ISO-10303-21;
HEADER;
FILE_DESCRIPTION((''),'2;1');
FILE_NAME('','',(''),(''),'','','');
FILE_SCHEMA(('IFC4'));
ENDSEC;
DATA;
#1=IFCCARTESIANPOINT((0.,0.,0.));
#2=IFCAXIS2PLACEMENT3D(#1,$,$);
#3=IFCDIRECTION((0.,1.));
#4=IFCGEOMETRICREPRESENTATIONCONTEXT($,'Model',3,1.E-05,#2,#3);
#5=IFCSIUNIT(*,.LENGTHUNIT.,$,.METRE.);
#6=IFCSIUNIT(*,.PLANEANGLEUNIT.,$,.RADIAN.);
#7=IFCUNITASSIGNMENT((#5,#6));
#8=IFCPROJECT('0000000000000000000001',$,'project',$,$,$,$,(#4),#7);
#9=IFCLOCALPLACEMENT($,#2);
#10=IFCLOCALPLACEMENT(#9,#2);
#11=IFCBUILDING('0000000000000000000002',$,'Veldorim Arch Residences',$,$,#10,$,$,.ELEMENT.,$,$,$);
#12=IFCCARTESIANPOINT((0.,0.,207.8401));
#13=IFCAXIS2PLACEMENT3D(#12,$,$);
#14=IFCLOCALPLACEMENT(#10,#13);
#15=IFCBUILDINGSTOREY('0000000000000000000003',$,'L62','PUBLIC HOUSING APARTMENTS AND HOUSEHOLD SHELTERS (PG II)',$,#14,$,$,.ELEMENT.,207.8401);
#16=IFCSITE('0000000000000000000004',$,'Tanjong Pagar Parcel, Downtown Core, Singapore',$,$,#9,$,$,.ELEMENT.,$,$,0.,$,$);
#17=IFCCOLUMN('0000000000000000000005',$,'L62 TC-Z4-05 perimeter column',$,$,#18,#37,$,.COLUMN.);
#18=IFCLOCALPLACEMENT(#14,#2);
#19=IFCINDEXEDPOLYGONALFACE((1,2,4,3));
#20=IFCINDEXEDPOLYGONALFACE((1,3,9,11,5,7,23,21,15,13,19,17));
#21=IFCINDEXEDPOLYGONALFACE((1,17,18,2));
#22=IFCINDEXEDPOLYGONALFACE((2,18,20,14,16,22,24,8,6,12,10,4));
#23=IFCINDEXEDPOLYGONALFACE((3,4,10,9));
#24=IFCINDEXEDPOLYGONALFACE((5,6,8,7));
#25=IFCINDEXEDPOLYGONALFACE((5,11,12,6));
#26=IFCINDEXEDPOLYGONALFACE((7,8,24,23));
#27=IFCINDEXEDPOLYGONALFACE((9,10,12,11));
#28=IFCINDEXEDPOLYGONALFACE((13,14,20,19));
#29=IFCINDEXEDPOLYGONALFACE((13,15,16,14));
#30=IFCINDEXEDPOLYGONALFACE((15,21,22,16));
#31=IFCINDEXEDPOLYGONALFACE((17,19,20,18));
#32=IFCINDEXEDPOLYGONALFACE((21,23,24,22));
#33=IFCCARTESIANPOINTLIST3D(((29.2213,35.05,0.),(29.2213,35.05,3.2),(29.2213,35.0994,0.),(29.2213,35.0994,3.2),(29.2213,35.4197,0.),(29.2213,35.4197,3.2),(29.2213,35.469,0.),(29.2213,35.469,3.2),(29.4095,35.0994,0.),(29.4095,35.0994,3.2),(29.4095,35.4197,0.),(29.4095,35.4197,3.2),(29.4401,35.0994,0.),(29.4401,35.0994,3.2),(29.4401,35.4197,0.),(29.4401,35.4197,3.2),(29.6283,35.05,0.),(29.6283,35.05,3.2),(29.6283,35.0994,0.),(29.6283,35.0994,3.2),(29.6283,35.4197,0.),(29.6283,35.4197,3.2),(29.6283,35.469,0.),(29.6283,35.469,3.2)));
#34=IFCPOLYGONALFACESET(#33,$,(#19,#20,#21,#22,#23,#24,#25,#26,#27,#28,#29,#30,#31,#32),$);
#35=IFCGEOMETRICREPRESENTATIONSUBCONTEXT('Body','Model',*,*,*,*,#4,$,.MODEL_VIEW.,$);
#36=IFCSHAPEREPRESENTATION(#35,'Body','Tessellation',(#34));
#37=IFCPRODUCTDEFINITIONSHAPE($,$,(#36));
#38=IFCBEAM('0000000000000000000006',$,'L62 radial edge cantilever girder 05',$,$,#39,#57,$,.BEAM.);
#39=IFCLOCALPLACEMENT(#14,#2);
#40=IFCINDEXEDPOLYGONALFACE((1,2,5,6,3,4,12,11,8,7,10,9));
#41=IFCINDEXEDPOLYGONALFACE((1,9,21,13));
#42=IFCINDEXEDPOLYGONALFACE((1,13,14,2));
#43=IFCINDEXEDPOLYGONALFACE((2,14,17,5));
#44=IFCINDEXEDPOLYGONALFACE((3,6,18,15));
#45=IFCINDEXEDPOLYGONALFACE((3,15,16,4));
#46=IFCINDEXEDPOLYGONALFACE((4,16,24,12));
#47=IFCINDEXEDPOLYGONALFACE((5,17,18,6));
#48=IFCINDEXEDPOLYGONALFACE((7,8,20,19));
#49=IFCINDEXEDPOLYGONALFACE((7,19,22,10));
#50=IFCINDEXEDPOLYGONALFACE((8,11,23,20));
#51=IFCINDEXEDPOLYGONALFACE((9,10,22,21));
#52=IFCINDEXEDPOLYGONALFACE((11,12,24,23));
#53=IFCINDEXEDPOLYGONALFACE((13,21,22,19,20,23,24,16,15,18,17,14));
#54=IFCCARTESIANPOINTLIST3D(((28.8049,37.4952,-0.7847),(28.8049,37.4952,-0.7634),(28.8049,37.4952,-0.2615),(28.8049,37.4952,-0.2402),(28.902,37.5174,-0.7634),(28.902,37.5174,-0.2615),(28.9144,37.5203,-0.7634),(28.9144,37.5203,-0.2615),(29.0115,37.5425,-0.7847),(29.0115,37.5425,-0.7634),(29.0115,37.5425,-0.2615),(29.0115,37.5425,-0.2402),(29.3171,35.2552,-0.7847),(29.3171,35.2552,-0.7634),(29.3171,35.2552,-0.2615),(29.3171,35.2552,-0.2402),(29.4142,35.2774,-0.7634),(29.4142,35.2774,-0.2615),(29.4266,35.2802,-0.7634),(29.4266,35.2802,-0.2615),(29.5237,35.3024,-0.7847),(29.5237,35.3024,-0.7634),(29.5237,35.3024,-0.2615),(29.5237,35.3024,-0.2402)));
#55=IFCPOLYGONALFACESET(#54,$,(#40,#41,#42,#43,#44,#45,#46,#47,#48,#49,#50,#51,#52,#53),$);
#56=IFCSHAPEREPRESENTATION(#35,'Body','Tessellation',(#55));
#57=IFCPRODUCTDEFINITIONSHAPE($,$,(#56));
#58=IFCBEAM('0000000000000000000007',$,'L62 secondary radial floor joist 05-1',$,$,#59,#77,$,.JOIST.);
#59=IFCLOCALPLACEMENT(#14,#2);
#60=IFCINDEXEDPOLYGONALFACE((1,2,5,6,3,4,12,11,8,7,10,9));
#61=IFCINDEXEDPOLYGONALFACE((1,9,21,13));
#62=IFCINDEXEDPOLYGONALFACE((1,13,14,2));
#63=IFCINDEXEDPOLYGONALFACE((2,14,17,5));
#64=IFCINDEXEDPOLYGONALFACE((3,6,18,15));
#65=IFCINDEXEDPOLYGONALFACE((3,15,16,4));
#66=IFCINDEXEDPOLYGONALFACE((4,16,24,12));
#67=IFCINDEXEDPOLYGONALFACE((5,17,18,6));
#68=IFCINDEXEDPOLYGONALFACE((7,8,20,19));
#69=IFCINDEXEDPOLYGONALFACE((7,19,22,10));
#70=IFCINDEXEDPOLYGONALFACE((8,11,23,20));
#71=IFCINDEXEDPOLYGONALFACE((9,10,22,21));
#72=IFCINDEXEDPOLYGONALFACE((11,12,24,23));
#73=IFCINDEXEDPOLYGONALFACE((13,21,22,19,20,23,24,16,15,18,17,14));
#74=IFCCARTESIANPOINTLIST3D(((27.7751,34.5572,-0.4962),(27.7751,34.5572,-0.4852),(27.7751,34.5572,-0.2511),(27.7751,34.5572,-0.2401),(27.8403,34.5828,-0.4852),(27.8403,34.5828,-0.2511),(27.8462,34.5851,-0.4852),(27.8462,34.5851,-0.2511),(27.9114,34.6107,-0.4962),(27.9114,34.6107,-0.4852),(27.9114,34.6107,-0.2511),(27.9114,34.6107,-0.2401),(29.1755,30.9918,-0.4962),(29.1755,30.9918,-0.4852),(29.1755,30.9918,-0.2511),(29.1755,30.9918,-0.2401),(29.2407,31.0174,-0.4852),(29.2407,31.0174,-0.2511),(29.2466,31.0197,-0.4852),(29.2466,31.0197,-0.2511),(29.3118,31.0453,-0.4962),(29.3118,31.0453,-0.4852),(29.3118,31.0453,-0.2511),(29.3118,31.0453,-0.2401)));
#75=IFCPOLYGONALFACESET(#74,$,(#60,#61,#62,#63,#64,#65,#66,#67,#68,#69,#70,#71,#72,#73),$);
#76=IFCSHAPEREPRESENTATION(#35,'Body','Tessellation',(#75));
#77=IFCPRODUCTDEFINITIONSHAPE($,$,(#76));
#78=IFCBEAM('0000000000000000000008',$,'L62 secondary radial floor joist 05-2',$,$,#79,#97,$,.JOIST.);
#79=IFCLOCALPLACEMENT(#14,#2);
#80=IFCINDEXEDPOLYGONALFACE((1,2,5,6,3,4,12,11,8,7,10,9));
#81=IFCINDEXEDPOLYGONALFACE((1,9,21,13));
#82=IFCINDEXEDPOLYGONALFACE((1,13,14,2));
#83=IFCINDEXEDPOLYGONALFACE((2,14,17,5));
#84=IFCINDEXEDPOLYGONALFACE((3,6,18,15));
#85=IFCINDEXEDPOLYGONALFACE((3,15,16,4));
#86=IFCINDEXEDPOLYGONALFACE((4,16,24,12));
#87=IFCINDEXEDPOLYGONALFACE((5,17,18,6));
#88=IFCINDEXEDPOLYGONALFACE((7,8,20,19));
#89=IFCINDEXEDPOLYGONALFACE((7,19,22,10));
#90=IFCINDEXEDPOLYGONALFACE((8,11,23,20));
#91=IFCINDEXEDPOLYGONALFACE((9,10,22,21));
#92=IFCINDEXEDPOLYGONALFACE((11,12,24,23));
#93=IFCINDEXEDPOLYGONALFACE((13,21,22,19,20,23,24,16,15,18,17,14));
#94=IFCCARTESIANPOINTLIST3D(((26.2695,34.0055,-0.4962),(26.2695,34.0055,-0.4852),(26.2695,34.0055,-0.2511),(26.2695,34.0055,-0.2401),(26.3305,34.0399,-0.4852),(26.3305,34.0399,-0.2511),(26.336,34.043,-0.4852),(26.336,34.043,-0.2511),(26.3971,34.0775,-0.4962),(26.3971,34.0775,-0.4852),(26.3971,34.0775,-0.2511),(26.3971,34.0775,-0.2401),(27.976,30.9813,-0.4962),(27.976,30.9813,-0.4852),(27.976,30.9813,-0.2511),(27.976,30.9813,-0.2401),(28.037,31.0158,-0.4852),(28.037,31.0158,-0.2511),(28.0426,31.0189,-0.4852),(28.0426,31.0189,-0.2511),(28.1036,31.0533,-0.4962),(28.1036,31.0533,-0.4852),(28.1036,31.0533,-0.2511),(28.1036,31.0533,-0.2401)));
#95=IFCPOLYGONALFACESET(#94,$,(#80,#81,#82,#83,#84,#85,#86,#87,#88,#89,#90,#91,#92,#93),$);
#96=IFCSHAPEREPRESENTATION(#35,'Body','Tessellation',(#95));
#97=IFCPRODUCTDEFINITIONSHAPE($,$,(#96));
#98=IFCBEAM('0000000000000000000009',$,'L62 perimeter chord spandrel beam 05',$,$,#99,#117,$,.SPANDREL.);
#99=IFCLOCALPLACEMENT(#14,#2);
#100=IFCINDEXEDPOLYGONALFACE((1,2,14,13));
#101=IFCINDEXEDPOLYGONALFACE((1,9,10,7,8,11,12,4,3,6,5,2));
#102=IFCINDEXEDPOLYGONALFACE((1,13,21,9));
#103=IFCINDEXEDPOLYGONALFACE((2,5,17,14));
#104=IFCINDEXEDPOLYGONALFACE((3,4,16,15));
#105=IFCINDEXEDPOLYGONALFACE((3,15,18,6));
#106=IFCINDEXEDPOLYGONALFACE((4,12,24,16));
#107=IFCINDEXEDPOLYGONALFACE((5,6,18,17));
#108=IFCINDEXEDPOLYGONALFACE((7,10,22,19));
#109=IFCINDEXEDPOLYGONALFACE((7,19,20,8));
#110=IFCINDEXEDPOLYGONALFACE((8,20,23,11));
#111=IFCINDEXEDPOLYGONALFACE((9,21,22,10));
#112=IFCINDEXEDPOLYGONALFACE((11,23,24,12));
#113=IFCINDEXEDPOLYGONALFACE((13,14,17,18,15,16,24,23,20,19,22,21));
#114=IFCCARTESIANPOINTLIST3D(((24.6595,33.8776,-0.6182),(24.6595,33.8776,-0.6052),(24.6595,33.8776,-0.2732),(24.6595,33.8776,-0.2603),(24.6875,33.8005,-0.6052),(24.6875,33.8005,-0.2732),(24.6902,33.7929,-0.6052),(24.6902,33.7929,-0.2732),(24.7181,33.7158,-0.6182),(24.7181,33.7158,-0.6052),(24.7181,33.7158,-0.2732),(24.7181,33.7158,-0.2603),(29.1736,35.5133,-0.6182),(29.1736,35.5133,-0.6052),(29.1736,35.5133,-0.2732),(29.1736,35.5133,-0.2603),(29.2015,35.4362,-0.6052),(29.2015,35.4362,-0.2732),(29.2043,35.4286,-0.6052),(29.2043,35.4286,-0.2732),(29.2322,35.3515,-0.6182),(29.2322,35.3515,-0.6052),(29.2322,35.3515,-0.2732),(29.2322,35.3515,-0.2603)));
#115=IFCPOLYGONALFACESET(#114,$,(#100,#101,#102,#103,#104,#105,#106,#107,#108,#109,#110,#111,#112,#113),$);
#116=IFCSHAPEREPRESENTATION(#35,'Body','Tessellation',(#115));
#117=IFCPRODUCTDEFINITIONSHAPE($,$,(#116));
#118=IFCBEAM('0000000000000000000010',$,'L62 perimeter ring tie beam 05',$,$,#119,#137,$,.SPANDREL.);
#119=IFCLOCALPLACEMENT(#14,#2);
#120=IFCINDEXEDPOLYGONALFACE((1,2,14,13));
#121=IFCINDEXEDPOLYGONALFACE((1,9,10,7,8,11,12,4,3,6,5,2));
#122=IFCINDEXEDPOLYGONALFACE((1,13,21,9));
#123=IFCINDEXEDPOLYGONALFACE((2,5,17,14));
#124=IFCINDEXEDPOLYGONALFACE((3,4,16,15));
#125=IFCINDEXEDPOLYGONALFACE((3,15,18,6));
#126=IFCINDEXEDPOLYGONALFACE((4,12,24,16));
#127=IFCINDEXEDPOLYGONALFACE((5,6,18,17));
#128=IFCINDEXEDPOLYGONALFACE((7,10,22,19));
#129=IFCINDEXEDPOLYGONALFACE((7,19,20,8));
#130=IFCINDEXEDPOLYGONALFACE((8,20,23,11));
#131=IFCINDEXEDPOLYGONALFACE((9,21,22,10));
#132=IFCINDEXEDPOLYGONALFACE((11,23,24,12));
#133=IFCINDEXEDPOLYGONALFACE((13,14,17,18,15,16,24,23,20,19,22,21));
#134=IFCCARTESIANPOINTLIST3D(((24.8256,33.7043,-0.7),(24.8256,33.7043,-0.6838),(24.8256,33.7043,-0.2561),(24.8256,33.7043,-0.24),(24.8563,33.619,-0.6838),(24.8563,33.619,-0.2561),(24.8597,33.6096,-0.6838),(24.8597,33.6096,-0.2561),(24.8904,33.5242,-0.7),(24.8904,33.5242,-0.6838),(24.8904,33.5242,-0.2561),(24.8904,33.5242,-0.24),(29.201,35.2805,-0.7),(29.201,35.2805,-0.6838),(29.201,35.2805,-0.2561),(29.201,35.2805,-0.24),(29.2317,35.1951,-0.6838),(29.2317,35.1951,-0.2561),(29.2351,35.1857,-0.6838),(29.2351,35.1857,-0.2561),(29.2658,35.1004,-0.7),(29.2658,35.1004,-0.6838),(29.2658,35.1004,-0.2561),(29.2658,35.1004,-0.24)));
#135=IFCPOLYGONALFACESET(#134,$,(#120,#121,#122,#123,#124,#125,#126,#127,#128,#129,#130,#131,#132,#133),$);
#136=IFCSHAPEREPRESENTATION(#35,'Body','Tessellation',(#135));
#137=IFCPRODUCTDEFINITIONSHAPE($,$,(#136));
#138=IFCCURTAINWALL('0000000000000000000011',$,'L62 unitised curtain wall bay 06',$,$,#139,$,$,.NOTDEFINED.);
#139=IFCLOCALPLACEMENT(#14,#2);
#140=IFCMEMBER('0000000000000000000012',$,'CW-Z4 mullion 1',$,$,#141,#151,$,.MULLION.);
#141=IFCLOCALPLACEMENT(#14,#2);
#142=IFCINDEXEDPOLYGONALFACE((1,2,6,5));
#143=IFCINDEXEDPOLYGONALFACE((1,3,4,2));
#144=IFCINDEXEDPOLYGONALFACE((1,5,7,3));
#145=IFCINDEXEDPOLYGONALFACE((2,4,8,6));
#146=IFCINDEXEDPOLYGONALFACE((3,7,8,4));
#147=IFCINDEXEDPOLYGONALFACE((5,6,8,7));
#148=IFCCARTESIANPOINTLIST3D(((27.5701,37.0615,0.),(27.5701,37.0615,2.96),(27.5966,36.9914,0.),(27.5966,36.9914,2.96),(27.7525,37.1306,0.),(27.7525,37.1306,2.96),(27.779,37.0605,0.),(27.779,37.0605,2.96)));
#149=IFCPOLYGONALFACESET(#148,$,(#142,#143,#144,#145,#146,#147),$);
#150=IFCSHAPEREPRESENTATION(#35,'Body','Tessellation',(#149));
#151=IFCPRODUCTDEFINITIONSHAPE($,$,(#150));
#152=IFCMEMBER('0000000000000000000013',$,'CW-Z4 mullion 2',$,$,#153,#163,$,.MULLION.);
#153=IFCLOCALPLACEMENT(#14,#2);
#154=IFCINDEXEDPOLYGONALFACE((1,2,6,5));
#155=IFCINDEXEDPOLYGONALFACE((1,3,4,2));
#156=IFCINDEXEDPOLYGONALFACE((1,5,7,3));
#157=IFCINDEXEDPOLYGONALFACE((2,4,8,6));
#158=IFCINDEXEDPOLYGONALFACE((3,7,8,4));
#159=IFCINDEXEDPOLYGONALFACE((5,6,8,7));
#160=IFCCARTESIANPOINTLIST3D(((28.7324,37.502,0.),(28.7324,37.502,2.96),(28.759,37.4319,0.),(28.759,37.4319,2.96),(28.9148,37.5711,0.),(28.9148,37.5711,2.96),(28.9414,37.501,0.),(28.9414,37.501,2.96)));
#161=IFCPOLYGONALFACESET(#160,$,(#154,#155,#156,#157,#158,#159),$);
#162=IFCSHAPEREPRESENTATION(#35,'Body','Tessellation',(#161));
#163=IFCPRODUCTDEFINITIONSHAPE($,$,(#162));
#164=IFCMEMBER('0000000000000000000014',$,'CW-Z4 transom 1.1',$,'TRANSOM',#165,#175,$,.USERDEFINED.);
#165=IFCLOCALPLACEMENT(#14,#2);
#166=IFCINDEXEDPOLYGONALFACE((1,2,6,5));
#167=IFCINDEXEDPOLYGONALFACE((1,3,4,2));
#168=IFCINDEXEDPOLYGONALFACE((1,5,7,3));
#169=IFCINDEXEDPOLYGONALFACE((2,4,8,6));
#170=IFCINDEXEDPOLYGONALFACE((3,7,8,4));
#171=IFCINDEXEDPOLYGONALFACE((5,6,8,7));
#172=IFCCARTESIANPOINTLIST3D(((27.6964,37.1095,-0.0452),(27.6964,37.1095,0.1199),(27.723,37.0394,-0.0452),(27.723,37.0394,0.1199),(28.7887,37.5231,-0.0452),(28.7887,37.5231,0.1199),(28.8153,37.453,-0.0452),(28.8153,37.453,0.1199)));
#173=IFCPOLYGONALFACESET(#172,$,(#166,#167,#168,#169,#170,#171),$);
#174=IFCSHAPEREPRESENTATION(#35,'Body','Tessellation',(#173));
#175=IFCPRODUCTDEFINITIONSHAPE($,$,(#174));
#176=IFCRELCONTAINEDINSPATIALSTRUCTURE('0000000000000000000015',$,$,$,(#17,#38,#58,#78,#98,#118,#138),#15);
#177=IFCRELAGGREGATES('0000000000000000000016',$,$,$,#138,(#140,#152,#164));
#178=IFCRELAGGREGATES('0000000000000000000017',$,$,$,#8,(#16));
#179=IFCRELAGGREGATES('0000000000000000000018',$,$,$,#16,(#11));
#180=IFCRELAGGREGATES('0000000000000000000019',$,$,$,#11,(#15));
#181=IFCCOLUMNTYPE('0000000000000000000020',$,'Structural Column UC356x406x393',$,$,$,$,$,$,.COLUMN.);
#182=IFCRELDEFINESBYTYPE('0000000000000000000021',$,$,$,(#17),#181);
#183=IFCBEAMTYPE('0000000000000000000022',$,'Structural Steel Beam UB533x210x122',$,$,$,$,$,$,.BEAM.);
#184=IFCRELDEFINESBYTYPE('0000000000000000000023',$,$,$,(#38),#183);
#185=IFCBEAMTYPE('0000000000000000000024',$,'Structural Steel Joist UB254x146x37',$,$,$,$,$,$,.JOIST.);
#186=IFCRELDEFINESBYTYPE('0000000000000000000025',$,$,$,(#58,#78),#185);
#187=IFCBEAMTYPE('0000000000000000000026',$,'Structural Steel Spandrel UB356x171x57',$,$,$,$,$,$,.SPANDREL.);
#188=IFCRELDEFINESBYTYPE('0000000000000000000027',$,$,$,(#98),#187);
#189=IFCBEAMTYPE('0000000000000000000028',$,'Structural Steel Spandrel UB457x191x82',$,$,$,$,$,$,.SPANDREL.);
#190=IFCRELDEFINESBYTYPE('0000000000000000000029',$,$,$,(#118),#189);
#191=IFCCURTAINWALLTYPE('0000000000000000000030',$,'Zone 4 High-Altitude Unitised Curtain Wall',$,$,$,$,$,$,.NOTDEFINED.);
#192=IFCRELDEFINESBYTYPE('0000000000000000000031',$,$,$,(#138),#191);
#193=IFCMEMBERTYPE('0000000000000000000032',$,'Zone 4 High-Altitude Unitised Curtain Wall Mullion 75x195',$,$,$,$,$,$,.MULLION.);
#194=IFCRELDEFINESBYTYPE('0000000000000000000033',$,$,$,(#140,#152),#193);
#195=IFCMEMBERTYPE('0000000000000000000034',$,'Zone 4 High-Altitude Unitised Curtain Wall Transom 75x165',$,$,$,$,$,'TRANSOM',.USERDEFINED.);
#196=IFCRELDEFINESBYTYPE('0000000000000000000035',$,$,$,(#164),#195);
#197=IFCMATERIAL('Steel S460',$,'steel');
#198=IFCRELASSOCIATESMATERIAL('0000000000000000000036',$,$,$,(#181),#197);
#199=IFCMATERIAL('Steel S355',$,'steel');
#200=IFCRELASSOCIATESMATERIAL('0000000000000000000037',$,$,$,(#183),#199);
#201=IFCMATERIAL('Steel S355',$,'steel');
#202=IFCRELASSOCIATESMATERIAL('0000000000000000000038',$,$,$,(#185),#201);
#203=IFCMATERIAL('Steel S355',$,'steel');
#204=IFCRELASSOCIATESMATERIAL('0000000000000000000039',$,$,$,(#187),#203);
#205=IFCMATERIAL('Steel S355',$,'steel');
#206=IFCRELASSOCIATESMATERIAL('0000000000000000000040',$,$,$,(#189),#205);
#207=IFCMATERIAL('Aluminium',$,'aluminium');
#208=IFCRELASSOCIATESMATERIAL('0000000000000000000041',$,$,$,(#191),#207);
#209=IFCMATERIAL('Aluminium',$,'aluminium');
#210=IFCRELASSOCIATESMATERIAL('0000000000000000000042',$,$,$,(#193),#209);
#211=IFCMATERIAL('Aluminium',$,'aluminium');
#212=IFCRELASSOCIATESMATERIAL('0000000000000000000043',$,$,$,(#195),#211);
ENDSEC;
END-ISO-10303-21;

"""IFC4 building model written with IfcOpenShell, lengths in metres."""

from ifc_helpers import new_model, si_unit, direction, frame, origin, origin_2d, place, context, subcontext, project, spatial, rectangle, i_section, extrude, material, material_profile, profile_set, type_object, element, aggregate, save


model = new_model("IFC4")

# Units and contexts
model_context = context("Model", 3, precision=1e-05, world=origin(), true_north=direction((0.0, 1.0)))
body_context = subcontext(model_context, "Body", "Model", "MODEL_VIEW")
ifc_project = project(units=[si_unit("LENGTHUNIT", "METRE"), si_unit("PLANEANGLEUNIT", "RADIAN")], contexts=[model_context])

# Site, building, storey
site_placement = place(None, origin())
site = spatial("IfcSite", under=ifc_project, at=site_placement, Name="Tanjong Pagar Parcel, Downtown Core, Singapore", CompositionType="ELEMENT", RefElevation=0.0)
building_placement = place(site_placement, origin())
building = spatial("IfcBuilding", under=site, at=building_placement, Name="Veldorim Arch Residences", CompositionType="ELEMENT")
storey_placement = place(building_placement, frame((0.0, 0.0, 207.8401)))
storey = spatial("IfcBuildingStorey", under=building, at=storey_placement, Name="L62", Description="PUBLIC HOUSING APARTMENTS AND HOUSEHOLD SHELTERS (PG II)", CompositionType="ELEMENT", Elevation=207.8401)

# Column
ifc_material_1 = material(Name="Steel S460", Category="steel")
ifc_material_profile_1 = material_profile(ifc_material_1, i_section(OverallWidth=0.407, OverallDepth=0.4189, WebThickness=0.0305, FlangeThickness=0.0493, at=origin_2d()), Name="UC356x406x393")
ifc_profile_set_1 = profile_set([ifc_material_profile_1], Name="Steel S460")
column_type = type_object("IfcColumnType", Name="Structural Column UC356x406x393", PredefinedType="COLUMN", material=ifc_profile_set_1)
column_placement = place(storey_placement, frame((29.4248, 35.2595, 0.0), z_axis=(0.0, 0.0, 1.0), x_axis=(1.0, 0.0, 0.0)))
element("IfcColumn", 1, at=column_placement, inside=storey, type_object=column_type, Name="L62 TC-Z4-05 perimeter column", PredefinedType="COLUMN", context=body_context, shape_type="SweptSolid", body=[
    extrude(i_section(OverallWidth=0.407, OverallDepth=0.4189, WebThickness=0.0305, FlangeThickness=0.0493, at=origin_2d()), origin(), (0.0, 0.0, 1.0), 3.2),
])

# Beams
ifc_material_2 = material(Name="Steel S355", Category="steel")
ifc_material_profile_2 = material_profile(ifc_material_2, i_section(OverallWidth=0.2119, OverallDepth=0.5444, WebThickness=0.0127, FlangeThickness=0.0212, at=origin_2d()), Name="UB533x210x122")
ifc_profile_set_2 = profile_set([ifc_material_profile_2], Name="Steel S355")
beam_type_1 = type_object("IfcBeamType", Name="Structural Steel Beam UB533x210x122", PredefinedType="BEAM", material=ifc_profile_set_2)
beam_1_placement = place(storey_placement, frame((29.4204, 35.2788, -0.5125), z_axis=(-0.222911, 0.974839, 0.0), x_axis=(-0.974839, -0.222911, 0.0)))
element("IfcBeam", 2, at=beam_1_placement, inside=storey, type_object=beam_type_1, Name="L62 radial edge cantilever girder 05", PredefinedType="BEAM", context=body_context, shape_type="SweptSolid", body=[
    extrude(i_section(OverallWidth=0.2119, OverallDepth=0.5444, WebThickness=0.0127, FlangeThickness=0.0212, at=origin_2d()), origin(), (0.0, 0.0, 1.0), 2.2979),
])
ifc_material_3 = material(Name="Steel S355", Category="steel")
ifc_material_profile_3 = material_profile(ifc_material_3, i_section(OverallWidth=0.1465, OverallDepth=0.2561, WebThickness=0.0063, FlangeThickness=0.011, at=origin_2d()), Name="UB254x146x37")
ifc_profile_set_3 = profile_set([ifc_material_profile_3], Name="Steel S355")
beam_type_2 = type_object("IfcBeamType", Name="Structural Steel Joist UB254x146x37", PredefinedType="JOIST", material=ifc_profile_set_3)
beam_2_placement = place(storey_placement, frame((29.2437, 31.0186, -0.3682), z_axis=(-0.365581, 0.930779, 0.0), x_axis=(-0.930779, -0.365581, 0.0)))
element("IfcBeam", 3, at=beam_2_placement, inside=storey, type_object=beam_type_2, Name="L62 secondary radial floor joist 05-1", PredefinedType="JOIST", context=body_context, shape_type="SweptSolid", body=[
    extrude(i_section(OverallWidth=0.1465, OverallDepth=0.2561, WebThickness=0.0063, FlangeThickness=0.011, at=origin_2d()), origin(), (0.0, 0.0, 1.0), 3.8306),
])
beam_3_placement = place(storey_placement, frame((28.0398, 31.0173, -0.3682), z_axis=(-0.491452, 0.870904, 0.0), x_axis=(-0.870904, -0.491452, 0.0)))
element("IfcBeam", 4, at=beam_3_placement, inside=storey, type_object=beam_type_2, Name="L62 secondary radial floor joist 05-2", PredefinedType="JOIST", context=body_context, shape_type="SweptSolid", body=[
    extrude(i_section(OverallWidth=0.1465, OverallDepth=0.2561, WebThickness=0.0063, FlangeThickness=0.011, at=origin_2d()), origin(), (0.0, 0.0, 1.0), 3.4724),
])
ifc_material_4 = material(Name="Steel S355", Category="steel")
ifc_material_profile_4 = material_profile(ifc_material_4, i_section(OverallWidth=0.1721, OverallDepth=0.3579, WebThickness=0.0081, FlangeThickness=0.0129, at=origin_2d()), Name="UB356x171x57")
ifc_profile_set_4 = profile_set([ifc_material_profile_4], Name="Steel S355")
beam_type_3 = type_object("IfcBeamType", Name="Structural Steel Spandrel UB356x171x57", PredefinedType="SPANDREL", material=ifc_profile_set_4)
beam_4_placement = place(storey_placement, frame((29.2029, 35.4324, -0.4392), z_axis=(-0.940179, -0.340681, 0.0), x_axis=(0.340681, -0.940179, 0.0)))
element("IfcBeam", 5, at=beam_4_placement, inside=storey, type_object=beam_type_3, Name="L62 perimeter chord spandrel beam 05", PredefinedType="SPANDREL", context=body_context, shape_type="SweptSolid", body=[
    extrude(i_section(OverallWidth=0.1721, OverallDepth=0.3579, WebThickness=0.0081, FlangeThickness=0.0129, at=origin_2d()), origin(), (0.0, 0.0, 1.0), 4.8013),
])
ifc_material_5 = material(Name="Steel S355", Category="steel")
ifc_material_profile_5 = material_profile(ifc_material_5, i_section(OverallWidth=0.1914, OverallDepth=0.46, WebThickness=0.01, FlangeThickness=0.0161, at=origin_2d()), Name="UB457x191x82")
ifc_profile_set_5 = profile_set([ifc_material_profile_5], Name="Steel S355")
beam_type_4 = type_object("IfcBeamType", Name="Structural Steel Spandrel UB457x191x82", PredefinedType="SPANDREL", material=ifc_profile_set_5)
beam_5_placement = place(storey_placement, frame((29.2334, 35.1904, -0.47), z_axis=(-0.940819, -0.338909, 0.0), x_axis=(0.338909, -0.940819, 0.0)))
element("IfcBeam", 6, at=beam_5_placement, inside=storey, type_object=beam_type_4, Name="L62 perimeter ring tie beam 05", PredefinedType="SPANDREL", context=body_context, shape_type="SweptSolid", body=[
    extrude(i_section(OverallWidth=0.1914, OverallDepth=0.46, WebThickness=0.01, FlangeThickness=0.0161, at=origin_2d()), origin(), (0.0, 0.0, 1.0), 4.6506),
])

# Curtain wall, members
ifc_material_6 = material(Name="Aluminium", Category="aluminium")
curtain_wall_type = type_object("IfcCurtainWallType", Name="Zone 4 High-Altitude Unitised Curtain Wall", PredefinedType="NOTDEFINED", material=ifc_material_6)
curtain_wall_placement = place(storey_placement, origin())
curtain_wall = element("IfcCurtainWall", 7, at=curtain_wall_placement, inside=storey, type_object=curtain_wall_type, Name="L62 unitised curtain wall bay 06", PredefinedType="NOTDEFINED")
ifc_material_7 = material(Name="Aluminium", Category="aluminium")
ifc_material_profile_6 = material_profile(ifc_material_7, rectangle(XDim=0.075, YDim=0.1951, at=origin_2d()), Name="ALU_MUL_75x195")
ifc_profile_set_6 = profile_set([ifc_material_profile_6], Name="Aluminium")
member_type_1 = type_object("IfcMemberType", Name="Zone 4 High-Altitude Unitised Curtain Wall Mullion 75x195", PredefinedType="MULLION", material=ifc_profile_set_6)
member_1_placement = place(storey_placement, frame((27.6746, 37.061, 0.0), z_axis=(0.0, 0.0, 1.0), x_axis=(-0.354241, 0.935154, 0.0)))
member_1 = element("IfcMember", 8, at=member_1_placement, type_object=member_type_1, Name="CW-Z4 mullion 1", PredefinedType="MULLION", context=body_context, shape_type="SweptSolid", body=[
    extrude(rectangle(XDim=0.075, YDim=0.1951, at=origin_2d()), origin(), (0.0, 0.0, 1.0), 2.96),
])
member_2_placement = place(storey_placement, frame((28.8369, 37.5015, 0.0), z_axis=(0.0, 0.0, 1.0), x_axis=(-0.354241, 0.935154, 0.0)))
member_2 = element("IfcMember", 9, at=member_2_placement, type_object=member_type_1, Name="CW-Z4 mullion 2", PredefinedType="MULLION", context=body_context, shape_type="SweptSolid", body=[
    extrude(rectangle(XDim=0.075, YDim=0.1951, at=origin_2d()), origin(), (0.0, 0.0, 1.0), 2.96),
])
ifc_material_8 = material(Name="Aluminium", Category="aluminium")
ifc_material_profile_7 = material_profile(ifc_material_8, rectangle(XDim=0.075, YDim=0.165, at=origin_2d()), Name="ALU_TRN_75x165")
ifc_profile_set_7 = profile_set([ifc_material_profile_7], Name="Aluminium")
member_type_2 = type_object("IfcMemberType", Name="Zone 4 High-Altitude Unitised Curtain Wall Transom 75x165", ElementType="TRANSOM", PredefinedType="USERDEFINED", material=ifc_profile_set_7)
member_3_placement = place(storey_placement, frame((27.7097, 37.0745, 0.0374), z_axis=(0.935208, 0.3541, 0.0), x_axis=(-0.3541, 0.935208, 0.0)))
member_3 = element("IfcMember", 10, at=member_3_placement, type_object=member_type_2, Name="CW-Z4 transom 1.1", ObjectType="TRANSOM", PredefinedType="USERDEFINED", context=body_context, shape_type="SweptSolid", body=[
    extrude(rectangle(XDim=0.075, YDim=0.165, at=origin_2d()), origin(), (0.0, 0.0, 1.0), 1.168),
])
aggregate(curtain_wall, [member_1, member_2, member_3])

save(model, "model.ifc")
